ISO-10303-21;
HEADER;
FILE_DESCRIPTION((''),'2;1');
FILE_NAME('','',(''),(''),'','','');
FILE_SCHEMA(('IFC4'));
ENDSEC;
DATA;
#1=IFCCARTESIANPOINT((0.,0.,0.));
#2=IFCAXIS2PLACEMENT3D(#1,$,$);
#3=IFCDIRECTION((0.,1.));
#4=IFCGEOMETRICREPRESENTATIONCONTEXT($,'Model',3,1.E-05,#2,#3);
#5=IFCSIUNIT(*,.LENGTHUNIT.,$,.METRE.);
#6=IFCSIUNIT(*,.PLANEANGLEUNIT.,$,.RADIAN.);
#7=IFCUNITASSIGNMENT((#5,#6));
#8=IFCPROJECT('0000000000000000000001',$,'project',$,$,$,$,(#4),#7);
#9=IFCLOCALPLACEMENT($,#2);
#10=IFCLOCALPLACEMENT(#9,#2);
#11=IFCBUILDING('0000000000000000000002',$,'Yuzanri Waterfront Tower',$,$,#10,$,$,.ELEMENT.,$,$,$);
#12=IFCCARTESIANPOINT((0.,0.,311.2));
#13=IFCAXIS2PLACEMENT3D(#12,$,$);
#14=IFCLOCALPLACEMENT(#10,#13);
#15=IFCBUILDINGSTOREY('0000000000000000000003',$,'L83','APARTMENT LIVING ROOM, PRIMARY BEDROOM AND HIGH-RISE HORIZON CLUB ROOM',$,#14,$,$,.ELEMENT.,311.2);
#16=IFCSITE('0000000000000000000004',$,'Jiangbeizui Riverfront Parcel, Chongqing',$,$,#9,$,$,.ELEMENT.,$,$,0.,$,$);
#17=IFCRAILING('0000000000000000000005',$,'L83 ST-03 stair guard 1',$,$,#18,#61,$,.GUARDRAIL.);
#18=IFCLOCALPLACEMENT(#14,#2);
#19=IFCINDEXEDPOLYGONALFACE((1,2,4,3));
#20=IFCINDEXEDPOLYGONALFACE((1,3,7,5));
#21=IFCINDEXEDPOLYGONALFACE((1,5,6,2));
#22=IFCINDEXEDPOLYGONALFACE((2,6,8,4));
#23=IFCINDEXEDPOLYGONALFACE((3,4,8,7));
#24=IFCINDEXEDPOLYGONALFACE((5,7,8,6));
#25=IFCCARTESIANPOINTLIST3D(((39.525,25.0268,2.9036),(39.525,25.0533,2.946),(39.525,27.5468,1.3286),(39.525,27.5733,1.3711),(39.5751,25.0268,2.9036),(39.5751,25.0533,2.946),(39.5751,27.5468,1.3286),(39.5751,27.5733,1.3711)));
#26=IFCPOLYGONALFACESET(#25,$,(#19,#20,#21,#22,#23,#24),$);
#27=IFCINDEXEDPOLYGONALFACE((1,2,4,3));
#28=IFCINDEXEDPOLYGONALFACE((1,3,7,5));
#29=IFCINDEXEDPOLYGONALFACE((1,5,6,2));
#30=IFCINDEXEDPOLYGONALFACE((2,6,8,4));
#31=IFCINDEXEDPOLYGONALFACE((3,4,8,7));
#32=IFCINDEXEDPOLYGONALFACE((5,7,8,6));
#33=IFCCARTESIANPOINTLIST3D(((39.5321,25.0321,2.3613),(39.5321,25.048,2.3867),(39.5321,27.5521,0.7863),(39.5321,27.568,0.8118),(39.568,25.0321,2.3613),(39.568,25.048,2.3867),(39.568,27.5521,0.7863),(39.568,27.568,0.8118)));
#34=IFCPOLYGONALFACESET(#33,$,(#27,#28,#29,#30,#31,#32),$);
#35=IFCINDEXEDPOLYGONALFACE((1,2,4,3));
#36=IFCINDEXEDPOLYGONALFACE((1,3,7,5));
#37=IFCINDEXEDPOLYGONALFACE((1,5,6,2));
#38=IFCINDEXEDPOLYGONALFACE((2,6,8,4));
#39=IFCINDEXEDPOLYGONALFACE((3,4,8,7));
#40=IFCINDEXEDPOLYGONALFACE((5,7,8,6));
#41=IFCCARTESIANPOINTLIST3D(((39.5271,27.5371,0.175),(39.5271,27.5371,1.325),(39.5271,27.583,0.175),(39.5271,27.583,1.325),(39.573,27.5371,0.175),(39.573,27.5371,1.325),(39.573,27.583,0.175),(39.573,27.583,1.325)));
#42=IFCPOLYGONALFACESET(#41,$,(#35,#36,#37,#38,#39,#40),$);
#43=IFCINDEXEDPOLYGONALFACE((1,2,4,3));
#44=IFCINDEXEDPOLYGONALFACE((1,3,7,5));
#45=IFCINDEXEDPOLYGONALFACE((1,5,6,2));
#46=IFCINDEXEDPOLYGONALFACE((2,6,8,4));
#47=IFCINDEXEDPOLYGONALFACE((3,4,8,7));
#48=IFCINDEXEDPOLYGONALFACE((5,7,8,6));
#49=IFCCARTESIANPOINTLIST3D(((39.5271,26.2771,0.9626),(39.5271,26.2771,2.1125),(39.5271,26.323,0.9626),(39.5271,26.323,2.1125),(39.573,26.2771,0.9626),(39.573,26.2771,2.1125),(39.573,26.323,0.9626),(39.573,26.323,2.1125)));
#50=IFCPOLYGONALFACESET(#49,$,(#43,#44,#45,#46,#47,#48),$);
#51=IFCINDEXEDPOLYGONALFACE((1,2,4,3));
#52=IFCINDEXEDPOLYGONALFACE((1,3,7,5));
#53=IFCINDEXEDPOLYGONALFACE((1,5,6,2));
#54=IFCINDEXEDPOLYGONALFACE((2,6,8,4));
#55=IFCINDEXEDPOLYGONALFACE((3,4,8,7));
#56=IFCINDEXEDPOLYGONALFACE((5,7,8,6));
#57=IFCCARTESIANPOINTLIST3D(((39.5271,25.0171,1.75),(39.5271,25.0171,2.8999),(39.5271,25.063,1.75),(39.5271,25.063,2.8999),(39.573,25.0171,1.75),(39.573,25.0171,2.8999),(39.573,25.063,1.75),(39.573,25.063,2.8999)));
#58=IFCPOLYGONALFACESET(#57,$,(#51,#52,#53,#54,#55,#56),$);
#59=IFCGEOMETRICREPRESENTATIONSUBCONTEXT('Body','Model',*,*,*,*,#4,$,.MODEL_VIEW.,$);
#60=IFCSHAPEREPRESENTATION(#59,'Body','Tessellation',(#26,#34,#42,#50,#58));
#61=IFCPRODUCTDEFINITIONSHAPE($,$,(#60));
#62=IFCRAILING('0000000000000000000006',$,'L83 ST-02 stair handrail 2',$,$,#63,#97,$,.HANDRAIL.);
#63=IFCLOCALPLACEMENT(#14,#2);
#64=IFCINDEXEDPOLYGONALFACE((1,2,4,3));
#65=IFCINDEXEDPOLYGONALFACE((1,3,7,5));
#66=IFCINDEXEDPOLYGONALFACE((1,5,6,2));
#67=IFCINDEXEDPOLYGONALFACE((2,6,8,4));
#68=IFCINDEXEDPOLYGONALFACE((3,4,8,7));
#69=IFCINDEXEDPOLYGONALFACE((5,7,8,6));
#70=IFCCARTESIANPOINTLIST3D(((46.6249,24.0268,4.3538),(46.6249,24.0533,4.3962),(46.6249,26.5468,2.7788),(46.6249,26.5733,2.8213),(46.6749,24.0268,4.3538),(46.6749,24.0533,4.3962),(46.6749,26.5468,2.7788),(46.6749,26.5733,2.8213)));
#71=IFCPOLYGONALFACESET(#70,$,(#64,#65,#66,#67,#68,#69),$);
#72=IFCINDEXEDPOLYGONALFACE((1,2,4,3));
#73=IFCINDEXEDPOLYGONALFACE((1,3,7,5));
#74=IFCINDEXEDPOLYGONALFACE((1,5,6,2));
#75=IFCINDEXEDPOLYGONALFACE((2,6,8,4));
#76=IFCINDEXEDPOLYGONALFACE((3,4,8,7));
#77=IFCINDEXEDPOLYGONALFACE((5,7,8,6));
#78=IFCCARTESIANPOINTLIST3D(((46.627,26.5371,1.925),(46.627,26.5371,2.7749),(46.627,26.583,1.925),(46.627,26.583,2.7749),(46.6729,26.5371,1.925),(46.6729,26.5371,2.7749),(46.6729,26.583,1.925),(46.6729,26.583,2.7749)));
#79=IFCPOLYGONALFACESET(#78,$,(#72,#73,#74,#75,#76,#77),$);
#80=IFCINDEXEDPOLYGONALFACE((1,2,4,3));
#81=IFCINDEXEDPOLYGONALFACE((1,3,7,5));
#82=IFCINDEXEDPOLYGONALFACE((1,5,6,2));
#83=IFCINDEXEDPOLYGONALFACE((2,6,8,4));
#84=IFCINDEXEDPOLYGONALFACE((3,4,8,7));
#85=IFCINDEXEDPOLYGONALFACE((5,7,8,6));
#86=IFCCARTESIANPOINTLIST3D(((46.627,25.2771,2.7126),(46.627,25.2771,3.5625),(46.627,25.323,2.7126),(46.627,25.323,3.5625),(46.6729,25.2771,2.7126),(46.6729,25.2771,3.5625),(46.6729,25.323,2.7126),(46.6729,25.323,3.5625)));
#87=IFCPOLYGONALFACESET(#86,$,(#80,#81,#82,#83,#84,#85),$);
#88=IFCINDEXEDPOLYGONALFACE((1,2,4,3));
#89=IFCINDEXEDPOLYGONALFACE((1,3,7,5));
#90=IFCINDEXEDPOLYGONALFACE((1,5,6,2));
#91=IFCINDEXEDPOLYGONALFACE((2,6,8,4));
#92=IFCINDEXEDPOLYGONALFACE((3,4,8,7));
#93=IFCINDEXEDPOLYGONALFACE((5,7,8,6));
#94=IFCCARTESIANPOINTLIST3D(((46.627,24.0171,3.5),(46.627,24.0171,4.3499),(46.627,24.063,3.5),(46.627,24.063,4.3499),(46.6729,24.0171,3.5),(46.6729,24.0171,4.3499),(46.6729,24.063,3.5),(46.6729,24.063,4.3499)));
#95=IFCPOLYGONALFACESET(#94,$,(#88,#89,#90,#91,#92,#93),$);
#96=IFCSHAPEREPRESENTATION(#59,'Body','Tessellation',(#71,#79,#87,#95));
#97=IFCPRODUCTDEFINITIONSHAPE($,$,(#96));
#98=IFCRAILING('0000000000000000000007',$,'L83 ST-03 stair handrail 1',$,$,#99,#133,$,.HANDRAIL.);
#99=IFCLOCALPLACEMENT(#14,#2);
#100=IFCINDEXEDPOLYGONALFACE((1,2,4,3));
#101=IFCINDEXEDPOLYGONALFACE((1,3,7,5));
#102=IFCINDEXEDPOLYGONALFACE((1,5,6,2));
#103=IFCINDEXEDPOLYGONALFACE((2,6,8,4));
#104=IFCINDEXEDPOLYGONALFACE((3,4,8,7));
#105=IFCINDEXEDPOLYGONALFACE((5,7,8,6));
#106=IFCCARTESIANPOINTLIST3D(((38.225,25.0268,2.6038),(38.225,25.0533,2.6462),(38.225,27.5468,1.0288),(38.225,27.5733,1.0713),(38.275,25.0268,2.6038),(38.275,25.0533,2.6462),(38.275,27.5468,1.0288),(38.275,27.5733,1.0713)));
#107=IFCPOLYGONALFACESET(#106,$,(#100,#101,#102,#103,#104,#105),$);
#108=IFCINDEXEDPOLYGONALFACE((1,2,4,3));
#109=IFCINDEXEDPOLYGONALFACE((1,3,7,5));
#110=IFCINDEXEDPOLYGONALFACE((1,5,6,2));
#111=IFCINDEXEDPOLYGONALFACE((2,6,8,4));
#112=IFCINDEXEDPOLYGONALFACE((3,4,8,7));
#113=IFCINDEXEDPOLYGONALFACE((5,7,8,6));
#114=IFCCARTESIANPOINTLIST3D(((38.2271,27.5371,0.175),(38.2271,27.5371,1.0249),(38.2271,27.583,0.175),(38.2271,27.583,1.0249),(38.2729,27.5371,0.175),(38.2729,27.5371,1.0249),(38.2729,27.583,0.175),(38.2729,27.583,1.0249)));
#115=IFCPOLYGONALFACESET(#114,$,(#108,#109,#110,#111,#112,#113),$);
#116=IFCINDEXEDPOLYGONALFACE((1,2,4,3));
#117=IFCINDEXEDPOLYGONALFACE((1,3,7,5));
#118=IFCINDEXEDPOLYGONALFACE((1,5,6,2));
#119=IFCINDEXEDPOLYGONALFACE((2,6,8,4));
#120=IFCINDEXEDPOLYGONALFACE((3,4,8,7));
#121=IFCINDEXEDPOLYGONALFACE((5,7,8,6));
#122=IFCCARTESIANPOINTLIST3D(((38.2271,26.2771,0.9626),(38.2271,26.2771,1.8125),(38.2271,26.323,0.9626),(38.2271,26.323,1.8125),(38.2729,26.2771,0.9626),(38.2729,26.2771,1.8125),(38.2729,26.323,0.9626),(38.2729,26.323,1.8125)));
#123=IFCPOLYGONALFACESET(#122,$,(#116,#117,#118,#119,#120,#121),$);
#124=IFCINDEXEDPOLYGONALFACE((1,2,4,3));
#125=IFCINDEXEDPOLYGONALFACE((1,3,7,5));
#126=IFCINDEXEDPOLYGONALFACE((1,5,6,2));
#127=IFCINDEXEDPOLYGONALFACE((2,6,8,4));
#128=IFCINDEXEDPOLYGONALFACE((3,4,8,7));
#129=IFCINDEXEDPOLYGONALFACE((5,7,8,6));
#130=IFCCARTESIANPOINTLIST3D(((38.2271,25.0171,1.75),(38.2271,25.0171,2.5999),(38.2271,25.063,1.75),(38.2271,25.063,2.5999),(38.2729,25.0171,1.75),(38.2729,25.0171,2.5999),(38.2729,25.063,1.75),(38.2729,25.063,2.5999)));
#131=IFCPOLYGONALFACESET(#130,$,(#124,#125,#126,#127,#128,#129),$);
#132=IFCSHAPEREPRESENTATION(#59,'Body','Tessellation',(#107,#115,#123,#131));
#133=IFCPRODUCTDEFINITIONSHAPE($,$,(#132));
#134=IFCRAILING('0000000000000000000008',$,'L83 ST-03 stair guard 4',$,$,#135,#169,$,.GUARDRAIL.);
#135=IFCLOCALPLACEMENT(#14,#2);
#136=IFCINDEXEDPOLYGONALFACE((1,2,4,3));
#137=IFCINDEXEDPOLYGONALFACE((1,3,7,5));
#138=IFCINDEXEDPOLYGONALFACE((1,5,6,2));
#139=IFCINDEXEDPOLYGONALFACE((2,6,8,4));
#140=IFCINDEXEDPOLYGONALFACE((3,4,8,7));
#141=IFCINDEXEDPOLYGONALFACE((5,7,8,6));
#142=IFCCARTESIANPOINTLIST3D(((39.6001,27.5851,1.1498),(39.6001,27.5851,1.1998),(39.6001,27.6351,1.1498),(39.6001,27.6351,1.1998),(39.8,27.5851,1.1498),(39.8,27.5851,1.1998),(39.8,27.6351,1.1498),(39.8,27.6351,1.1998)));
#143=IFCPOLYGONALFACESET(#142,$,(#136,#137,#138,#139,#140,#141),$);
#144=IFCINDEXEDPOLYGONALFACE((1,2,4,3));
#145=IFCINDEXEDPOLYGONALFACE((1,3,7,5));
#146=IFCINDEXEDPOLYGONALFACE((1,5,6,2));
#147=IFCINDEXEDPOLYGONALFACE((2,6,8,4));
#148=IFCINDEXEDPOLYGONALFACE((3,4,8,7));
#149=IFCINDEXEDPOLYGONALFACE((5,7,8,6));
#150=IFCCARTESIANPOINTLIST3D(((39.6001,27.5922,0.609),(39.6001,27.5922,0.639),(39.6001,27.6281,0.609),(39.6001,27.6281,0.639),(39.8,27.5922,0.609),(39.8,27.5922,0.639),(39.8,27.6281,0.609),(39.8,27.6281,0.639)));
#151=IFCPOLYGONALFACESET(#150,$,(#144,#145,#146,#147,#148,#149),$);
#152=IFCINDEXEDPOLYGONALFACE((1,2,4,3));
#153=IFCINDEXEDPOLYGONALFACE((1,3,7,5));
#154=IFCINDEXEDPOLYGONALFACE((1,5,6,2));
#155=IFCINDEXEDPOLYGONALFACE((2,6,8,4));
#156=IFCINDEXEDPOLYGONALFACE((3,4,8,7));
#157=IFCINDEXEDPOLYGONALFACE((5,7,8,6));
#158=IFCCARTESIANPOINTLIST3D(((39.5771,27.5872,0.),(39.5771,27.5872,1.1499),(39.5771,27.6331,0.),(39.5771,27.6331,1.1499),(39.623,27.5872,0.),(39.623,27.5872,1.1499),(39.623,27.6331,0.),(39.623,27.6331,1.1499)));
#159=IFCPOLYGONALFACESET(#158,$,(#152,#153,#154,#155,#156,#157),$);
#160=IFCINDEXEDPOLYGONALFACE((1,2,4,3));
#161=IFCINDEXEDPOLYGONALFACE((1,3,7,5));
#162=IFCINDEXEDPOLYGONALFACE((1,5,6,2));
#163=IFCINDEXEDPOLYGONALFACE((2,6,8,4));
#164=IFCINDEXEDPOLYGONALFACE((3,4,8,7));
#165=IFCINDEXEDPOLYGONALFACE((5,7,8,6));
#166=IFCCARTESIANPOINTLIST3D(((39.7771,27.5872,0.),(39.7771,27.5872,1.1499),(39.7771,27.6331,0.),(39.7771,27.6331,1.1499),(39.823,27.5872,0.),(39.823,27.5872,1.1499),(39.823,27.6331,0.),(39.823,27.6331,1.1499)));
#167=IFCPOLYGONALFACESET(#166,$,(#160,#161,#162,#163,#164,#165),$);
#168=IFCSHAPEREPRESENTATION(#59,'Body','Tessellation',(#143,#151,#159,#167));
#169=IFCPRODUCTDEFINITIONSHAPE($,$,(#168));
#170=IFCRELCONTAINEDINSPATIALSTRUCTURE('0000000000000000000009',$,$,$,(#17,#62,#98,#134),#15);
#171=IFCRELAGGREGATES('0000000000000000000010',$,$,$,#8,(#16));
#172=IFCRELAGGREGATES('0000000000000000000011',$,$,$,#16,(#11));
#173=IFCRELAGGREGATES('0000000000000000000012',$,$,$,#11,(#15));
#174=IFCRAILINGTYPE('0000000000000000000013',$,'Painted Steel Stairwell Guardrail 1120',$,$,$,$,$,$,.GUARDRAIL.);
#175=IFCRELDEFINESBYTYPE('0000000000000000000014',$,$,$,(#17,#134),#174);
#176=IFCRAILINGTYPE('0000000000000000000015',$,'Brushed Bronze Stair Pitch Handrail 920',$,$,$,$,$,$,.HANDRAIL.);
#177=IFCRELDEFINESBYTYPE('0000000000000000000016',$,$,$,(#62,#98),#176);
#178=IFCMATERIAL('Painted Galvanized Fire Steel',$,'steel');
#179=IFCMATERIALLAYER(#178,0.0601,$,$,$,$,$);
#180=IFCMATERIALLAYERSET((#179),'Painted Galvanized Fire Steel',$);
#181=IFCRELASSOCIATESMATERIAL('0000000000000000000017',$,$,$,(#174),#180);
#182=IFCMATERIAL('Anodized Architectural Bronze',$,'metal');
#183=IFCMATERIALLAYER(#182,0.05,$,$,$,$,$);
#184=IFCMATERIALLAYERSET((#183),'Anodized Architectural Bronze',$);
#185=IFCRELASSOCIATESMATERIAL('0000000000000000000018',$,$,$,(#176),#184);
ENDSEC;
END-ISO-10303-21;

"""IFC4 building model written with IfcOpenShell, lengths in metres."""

from ifc_helpers import new_model, si_unit, direction, frame, origin, origin_2d, place, context, subcontext, project, spatial, rectangle, extrude, source, transform, mapped, material, layer, layer_set, type_object, element, save


model = new_model("IFC4")

# Units and contexts
model_context = context("Model", 3, precision=1e-05, world=origin(), true_north=direction((0.0, 1.0)))
body_context = subcontext(model_context, "Body", "Model", "MODEL_VIEW")
ifc_project = project(units=[si_unit("LENGTHUNIT", "METRE"), si_unit("PLANEANGLEUNIT", "RADIAN")], contexts=[model_context])

# Site, building, storey
site_placement = place(None, origin())
site = spatial("IfcSite", under=ifc_project, at=site_placement, Name="Jiangbeizui Riverfront Parcel, Chongqing", CompositionType="ELEMENT", RefElevation=0.0)
building_placement = place(site_placement, origin())
building = spatial("IfcBuilding", under=site, at=building_placement, Name="Yuzanri Waterfront Tower", CompositionType="ELEMENT")
storey_placement = place(building_placement, frame((0.0, 0.0, 311.2)))
storey = spatial("IfcBuildingStorey", under=building, at=storey_placement, Name="L83", Description="APARTMENT LIVING ROOM, PRIMARY BEDROOM AND HIGH-RISE HORIZON CLUB ROOM", CompositionType="ELEMENT", Elevation=311.2)

# Railings
ifc_material_1 = material(Name="Painted Galvanized Fire Steel", Category="steel")
ifc_layer_1 = layer(ifc_material_1, 0.0601)
ifc_layer_set_1 = layer_set([ifc_layer_1], Name="Painted Galvanized Fire Steel")
railing_type_1 = type_object("IfcRailingType", Name="Painted Steel Stairwell Guardrail 1120", PredefinedType="GUARDRAIL", material=ifc_layer_set_1)
shared_shape_1 = source(origin(), body_context, "Body", "SweptSolid", [
    extrude(rectangle(XDim=0.05, YDim=0.05, at=origin_2d()), frame((0.0, 0.0, 1.1748), z_axis=(0.0, -0.848008, 0.529984), x_axis=(1.0, 0.0, 0.0)), (0.0, 0.0, 1.0), 2.9717),
    extrude(rectangle(XDim=0.0359, YDim=0.03, at=origin_2d()), frame((0.0, 0.0, 0.624), z_axis=(0.0, -0.848008, 0.529984), x_axis=(1.0, 0.0, 0.0)), (0.0, 0.0, 1.0), 2.9717),
    extrude(rectangle(XDim=0.0459, YDim=0.0459, at=origin_2d()), origin(), (0.0, 0.0, 1.0), 1.1499),
    extrude(rectangle(XDim=0.0459, YDim=0.0459, at=origin_2d()), frame((0.0, -1.26, 0.7876)), (0.0, 0.0, 1.0), 1.1499),
    extrude(rectangle(XDim=0.0459, YDim=0.0459, at=origin_2d()), frame((0.0, -2.52, 1.575)), (0.0, 0.0, 1.0), 1.1499),
])
for number, where, name in (
    (1, (39.55, 27.5601, 0.175), "L83 ST-03 stair guard 1"),
):
    element("IfcRailing", number, at=place(storey_placement, frame(where)), inside=storey, type_object=railing_type_1, Name=name, PredefinedType="GUARDRAIL", context=body_context, shape_type="MappedRepresentation", body=[
        mapped(shared_shape_1, transform((0.0, 0.0, 0.0), scale=1.0)),
    ])
ifc_material_2 = material(Name="Anodized Architectural Bronze", Category="metal")
ifc_layer_2 = layer(ifc_material_2, 0.05)
ifc_layer_set_2 = layer_set([ifc_layer_2], Name="Anodized Architectural Bronze")
railing_type_2 = type_object("IfcRailingType", Name="Brushed Bronze Stair Pitch Handrail 920", PredefinedType="HANDRAIL", material=ifc_layer_set_2)
shared_shape_2 = source(origin(), body_context, "Body", "SweptSolid", [
    extrude(rectangle(XDim=0.05, YDim=0.05, at=origin_2d()), frame((0.0, 0.0, 0.875), z_axis=(0.0, -0.848008, 0.529984), x_axis=(1.0, 0.0, 0.0)), (0.0, 0.0, 1.0), 2.9717),
    extrude(rectangle(XDim=0.0459, YDim=0.0459, at=origin_2d()), origin(), (0.0, 0.0, 1.0), 0.8499),
    extrude(rectangle(XDim=0.0459, YDim=0.0459, at=origin_2d()), frame((0.0, -1.26, 0.7876)), (0.0, 0.0, 1.0), 0.8499),
    extrude(rectangle(XDim=0.0459, YDim=0.0459, at=origin_2d()), frame((0.0, -2.52, 1.575)), (0.0, 0.0, 1.0), 0.8499),
])
for number, where, name in (
    (2, (46.6499, 26.5601, 1.925), "L83 ST-02 stair handrail 2"),
    (3, (38.25, 27.5601, 0.175), "L83 ST-03 stair handrail 1"),
):
    element("IfcRailing", number, at=place(storey_placement, frame(where)), inside=storey, type_object=railing_type_2, Name=name, PredefinedType="HANDRAIL", context=body_context, shape_type="MappedRepresentation", body=[
        mapped(shared_shape_2, transform((0.0, 0.0, 0.0), scale=1.0)),
    ])
shared_shape_3 = source(origin(), body_context, "Body", "SweptSolid", [
    extrude(rectangle(XDim=0.05, YDim=0.05, at=origin_2d()), frame((0.0, 0.0, 1.1748), z_axis=(1.0, 0.0, 0.0), x_axis=(0.0, 1.0, 0.0)), (0.0, 0.0, 1.0), 0.2),
    extrude(rectangle(XDim=0.0359, YDim=0.03, at=origin_2d()), frame((0.0, 0.0, 0.624), z_axis=(1.0, 0.0, 0.0), x_axis=(0.0, 1.0, 0.0)), (0.0, 0.0, 1.0), 0.2),
    extrude(rectangle(XDim=0.0459, YDim=0.0459, at=origin_2d()), origin(), (0.0, 0.0, 1.0), 1.1499),
    extrude(rectangle(XDim=0.0459, YDim=0.0459, at=origin_2d()), frame((0.2, 0.0, 0.0)), (0.0, 0.0, 1.0), 1.1499),
])
railing_1_placement = place(storey_placement, frame((39.6001, 27.6101, 0.0)))
element("IfcRailing", 4, at=railing_1_placement, inside=storey, type_object=railing_type_1, Name="L83 ST-03 stair guard 4", PredefinedType="GUARDRAIL", context=body_context, shape_type="MappedRepresentation", body=[
    mapped(shared_shape_3, transform((0.0, 0.0, 0.0), scale=1.0)),
])

save(model, "model.ifc")
